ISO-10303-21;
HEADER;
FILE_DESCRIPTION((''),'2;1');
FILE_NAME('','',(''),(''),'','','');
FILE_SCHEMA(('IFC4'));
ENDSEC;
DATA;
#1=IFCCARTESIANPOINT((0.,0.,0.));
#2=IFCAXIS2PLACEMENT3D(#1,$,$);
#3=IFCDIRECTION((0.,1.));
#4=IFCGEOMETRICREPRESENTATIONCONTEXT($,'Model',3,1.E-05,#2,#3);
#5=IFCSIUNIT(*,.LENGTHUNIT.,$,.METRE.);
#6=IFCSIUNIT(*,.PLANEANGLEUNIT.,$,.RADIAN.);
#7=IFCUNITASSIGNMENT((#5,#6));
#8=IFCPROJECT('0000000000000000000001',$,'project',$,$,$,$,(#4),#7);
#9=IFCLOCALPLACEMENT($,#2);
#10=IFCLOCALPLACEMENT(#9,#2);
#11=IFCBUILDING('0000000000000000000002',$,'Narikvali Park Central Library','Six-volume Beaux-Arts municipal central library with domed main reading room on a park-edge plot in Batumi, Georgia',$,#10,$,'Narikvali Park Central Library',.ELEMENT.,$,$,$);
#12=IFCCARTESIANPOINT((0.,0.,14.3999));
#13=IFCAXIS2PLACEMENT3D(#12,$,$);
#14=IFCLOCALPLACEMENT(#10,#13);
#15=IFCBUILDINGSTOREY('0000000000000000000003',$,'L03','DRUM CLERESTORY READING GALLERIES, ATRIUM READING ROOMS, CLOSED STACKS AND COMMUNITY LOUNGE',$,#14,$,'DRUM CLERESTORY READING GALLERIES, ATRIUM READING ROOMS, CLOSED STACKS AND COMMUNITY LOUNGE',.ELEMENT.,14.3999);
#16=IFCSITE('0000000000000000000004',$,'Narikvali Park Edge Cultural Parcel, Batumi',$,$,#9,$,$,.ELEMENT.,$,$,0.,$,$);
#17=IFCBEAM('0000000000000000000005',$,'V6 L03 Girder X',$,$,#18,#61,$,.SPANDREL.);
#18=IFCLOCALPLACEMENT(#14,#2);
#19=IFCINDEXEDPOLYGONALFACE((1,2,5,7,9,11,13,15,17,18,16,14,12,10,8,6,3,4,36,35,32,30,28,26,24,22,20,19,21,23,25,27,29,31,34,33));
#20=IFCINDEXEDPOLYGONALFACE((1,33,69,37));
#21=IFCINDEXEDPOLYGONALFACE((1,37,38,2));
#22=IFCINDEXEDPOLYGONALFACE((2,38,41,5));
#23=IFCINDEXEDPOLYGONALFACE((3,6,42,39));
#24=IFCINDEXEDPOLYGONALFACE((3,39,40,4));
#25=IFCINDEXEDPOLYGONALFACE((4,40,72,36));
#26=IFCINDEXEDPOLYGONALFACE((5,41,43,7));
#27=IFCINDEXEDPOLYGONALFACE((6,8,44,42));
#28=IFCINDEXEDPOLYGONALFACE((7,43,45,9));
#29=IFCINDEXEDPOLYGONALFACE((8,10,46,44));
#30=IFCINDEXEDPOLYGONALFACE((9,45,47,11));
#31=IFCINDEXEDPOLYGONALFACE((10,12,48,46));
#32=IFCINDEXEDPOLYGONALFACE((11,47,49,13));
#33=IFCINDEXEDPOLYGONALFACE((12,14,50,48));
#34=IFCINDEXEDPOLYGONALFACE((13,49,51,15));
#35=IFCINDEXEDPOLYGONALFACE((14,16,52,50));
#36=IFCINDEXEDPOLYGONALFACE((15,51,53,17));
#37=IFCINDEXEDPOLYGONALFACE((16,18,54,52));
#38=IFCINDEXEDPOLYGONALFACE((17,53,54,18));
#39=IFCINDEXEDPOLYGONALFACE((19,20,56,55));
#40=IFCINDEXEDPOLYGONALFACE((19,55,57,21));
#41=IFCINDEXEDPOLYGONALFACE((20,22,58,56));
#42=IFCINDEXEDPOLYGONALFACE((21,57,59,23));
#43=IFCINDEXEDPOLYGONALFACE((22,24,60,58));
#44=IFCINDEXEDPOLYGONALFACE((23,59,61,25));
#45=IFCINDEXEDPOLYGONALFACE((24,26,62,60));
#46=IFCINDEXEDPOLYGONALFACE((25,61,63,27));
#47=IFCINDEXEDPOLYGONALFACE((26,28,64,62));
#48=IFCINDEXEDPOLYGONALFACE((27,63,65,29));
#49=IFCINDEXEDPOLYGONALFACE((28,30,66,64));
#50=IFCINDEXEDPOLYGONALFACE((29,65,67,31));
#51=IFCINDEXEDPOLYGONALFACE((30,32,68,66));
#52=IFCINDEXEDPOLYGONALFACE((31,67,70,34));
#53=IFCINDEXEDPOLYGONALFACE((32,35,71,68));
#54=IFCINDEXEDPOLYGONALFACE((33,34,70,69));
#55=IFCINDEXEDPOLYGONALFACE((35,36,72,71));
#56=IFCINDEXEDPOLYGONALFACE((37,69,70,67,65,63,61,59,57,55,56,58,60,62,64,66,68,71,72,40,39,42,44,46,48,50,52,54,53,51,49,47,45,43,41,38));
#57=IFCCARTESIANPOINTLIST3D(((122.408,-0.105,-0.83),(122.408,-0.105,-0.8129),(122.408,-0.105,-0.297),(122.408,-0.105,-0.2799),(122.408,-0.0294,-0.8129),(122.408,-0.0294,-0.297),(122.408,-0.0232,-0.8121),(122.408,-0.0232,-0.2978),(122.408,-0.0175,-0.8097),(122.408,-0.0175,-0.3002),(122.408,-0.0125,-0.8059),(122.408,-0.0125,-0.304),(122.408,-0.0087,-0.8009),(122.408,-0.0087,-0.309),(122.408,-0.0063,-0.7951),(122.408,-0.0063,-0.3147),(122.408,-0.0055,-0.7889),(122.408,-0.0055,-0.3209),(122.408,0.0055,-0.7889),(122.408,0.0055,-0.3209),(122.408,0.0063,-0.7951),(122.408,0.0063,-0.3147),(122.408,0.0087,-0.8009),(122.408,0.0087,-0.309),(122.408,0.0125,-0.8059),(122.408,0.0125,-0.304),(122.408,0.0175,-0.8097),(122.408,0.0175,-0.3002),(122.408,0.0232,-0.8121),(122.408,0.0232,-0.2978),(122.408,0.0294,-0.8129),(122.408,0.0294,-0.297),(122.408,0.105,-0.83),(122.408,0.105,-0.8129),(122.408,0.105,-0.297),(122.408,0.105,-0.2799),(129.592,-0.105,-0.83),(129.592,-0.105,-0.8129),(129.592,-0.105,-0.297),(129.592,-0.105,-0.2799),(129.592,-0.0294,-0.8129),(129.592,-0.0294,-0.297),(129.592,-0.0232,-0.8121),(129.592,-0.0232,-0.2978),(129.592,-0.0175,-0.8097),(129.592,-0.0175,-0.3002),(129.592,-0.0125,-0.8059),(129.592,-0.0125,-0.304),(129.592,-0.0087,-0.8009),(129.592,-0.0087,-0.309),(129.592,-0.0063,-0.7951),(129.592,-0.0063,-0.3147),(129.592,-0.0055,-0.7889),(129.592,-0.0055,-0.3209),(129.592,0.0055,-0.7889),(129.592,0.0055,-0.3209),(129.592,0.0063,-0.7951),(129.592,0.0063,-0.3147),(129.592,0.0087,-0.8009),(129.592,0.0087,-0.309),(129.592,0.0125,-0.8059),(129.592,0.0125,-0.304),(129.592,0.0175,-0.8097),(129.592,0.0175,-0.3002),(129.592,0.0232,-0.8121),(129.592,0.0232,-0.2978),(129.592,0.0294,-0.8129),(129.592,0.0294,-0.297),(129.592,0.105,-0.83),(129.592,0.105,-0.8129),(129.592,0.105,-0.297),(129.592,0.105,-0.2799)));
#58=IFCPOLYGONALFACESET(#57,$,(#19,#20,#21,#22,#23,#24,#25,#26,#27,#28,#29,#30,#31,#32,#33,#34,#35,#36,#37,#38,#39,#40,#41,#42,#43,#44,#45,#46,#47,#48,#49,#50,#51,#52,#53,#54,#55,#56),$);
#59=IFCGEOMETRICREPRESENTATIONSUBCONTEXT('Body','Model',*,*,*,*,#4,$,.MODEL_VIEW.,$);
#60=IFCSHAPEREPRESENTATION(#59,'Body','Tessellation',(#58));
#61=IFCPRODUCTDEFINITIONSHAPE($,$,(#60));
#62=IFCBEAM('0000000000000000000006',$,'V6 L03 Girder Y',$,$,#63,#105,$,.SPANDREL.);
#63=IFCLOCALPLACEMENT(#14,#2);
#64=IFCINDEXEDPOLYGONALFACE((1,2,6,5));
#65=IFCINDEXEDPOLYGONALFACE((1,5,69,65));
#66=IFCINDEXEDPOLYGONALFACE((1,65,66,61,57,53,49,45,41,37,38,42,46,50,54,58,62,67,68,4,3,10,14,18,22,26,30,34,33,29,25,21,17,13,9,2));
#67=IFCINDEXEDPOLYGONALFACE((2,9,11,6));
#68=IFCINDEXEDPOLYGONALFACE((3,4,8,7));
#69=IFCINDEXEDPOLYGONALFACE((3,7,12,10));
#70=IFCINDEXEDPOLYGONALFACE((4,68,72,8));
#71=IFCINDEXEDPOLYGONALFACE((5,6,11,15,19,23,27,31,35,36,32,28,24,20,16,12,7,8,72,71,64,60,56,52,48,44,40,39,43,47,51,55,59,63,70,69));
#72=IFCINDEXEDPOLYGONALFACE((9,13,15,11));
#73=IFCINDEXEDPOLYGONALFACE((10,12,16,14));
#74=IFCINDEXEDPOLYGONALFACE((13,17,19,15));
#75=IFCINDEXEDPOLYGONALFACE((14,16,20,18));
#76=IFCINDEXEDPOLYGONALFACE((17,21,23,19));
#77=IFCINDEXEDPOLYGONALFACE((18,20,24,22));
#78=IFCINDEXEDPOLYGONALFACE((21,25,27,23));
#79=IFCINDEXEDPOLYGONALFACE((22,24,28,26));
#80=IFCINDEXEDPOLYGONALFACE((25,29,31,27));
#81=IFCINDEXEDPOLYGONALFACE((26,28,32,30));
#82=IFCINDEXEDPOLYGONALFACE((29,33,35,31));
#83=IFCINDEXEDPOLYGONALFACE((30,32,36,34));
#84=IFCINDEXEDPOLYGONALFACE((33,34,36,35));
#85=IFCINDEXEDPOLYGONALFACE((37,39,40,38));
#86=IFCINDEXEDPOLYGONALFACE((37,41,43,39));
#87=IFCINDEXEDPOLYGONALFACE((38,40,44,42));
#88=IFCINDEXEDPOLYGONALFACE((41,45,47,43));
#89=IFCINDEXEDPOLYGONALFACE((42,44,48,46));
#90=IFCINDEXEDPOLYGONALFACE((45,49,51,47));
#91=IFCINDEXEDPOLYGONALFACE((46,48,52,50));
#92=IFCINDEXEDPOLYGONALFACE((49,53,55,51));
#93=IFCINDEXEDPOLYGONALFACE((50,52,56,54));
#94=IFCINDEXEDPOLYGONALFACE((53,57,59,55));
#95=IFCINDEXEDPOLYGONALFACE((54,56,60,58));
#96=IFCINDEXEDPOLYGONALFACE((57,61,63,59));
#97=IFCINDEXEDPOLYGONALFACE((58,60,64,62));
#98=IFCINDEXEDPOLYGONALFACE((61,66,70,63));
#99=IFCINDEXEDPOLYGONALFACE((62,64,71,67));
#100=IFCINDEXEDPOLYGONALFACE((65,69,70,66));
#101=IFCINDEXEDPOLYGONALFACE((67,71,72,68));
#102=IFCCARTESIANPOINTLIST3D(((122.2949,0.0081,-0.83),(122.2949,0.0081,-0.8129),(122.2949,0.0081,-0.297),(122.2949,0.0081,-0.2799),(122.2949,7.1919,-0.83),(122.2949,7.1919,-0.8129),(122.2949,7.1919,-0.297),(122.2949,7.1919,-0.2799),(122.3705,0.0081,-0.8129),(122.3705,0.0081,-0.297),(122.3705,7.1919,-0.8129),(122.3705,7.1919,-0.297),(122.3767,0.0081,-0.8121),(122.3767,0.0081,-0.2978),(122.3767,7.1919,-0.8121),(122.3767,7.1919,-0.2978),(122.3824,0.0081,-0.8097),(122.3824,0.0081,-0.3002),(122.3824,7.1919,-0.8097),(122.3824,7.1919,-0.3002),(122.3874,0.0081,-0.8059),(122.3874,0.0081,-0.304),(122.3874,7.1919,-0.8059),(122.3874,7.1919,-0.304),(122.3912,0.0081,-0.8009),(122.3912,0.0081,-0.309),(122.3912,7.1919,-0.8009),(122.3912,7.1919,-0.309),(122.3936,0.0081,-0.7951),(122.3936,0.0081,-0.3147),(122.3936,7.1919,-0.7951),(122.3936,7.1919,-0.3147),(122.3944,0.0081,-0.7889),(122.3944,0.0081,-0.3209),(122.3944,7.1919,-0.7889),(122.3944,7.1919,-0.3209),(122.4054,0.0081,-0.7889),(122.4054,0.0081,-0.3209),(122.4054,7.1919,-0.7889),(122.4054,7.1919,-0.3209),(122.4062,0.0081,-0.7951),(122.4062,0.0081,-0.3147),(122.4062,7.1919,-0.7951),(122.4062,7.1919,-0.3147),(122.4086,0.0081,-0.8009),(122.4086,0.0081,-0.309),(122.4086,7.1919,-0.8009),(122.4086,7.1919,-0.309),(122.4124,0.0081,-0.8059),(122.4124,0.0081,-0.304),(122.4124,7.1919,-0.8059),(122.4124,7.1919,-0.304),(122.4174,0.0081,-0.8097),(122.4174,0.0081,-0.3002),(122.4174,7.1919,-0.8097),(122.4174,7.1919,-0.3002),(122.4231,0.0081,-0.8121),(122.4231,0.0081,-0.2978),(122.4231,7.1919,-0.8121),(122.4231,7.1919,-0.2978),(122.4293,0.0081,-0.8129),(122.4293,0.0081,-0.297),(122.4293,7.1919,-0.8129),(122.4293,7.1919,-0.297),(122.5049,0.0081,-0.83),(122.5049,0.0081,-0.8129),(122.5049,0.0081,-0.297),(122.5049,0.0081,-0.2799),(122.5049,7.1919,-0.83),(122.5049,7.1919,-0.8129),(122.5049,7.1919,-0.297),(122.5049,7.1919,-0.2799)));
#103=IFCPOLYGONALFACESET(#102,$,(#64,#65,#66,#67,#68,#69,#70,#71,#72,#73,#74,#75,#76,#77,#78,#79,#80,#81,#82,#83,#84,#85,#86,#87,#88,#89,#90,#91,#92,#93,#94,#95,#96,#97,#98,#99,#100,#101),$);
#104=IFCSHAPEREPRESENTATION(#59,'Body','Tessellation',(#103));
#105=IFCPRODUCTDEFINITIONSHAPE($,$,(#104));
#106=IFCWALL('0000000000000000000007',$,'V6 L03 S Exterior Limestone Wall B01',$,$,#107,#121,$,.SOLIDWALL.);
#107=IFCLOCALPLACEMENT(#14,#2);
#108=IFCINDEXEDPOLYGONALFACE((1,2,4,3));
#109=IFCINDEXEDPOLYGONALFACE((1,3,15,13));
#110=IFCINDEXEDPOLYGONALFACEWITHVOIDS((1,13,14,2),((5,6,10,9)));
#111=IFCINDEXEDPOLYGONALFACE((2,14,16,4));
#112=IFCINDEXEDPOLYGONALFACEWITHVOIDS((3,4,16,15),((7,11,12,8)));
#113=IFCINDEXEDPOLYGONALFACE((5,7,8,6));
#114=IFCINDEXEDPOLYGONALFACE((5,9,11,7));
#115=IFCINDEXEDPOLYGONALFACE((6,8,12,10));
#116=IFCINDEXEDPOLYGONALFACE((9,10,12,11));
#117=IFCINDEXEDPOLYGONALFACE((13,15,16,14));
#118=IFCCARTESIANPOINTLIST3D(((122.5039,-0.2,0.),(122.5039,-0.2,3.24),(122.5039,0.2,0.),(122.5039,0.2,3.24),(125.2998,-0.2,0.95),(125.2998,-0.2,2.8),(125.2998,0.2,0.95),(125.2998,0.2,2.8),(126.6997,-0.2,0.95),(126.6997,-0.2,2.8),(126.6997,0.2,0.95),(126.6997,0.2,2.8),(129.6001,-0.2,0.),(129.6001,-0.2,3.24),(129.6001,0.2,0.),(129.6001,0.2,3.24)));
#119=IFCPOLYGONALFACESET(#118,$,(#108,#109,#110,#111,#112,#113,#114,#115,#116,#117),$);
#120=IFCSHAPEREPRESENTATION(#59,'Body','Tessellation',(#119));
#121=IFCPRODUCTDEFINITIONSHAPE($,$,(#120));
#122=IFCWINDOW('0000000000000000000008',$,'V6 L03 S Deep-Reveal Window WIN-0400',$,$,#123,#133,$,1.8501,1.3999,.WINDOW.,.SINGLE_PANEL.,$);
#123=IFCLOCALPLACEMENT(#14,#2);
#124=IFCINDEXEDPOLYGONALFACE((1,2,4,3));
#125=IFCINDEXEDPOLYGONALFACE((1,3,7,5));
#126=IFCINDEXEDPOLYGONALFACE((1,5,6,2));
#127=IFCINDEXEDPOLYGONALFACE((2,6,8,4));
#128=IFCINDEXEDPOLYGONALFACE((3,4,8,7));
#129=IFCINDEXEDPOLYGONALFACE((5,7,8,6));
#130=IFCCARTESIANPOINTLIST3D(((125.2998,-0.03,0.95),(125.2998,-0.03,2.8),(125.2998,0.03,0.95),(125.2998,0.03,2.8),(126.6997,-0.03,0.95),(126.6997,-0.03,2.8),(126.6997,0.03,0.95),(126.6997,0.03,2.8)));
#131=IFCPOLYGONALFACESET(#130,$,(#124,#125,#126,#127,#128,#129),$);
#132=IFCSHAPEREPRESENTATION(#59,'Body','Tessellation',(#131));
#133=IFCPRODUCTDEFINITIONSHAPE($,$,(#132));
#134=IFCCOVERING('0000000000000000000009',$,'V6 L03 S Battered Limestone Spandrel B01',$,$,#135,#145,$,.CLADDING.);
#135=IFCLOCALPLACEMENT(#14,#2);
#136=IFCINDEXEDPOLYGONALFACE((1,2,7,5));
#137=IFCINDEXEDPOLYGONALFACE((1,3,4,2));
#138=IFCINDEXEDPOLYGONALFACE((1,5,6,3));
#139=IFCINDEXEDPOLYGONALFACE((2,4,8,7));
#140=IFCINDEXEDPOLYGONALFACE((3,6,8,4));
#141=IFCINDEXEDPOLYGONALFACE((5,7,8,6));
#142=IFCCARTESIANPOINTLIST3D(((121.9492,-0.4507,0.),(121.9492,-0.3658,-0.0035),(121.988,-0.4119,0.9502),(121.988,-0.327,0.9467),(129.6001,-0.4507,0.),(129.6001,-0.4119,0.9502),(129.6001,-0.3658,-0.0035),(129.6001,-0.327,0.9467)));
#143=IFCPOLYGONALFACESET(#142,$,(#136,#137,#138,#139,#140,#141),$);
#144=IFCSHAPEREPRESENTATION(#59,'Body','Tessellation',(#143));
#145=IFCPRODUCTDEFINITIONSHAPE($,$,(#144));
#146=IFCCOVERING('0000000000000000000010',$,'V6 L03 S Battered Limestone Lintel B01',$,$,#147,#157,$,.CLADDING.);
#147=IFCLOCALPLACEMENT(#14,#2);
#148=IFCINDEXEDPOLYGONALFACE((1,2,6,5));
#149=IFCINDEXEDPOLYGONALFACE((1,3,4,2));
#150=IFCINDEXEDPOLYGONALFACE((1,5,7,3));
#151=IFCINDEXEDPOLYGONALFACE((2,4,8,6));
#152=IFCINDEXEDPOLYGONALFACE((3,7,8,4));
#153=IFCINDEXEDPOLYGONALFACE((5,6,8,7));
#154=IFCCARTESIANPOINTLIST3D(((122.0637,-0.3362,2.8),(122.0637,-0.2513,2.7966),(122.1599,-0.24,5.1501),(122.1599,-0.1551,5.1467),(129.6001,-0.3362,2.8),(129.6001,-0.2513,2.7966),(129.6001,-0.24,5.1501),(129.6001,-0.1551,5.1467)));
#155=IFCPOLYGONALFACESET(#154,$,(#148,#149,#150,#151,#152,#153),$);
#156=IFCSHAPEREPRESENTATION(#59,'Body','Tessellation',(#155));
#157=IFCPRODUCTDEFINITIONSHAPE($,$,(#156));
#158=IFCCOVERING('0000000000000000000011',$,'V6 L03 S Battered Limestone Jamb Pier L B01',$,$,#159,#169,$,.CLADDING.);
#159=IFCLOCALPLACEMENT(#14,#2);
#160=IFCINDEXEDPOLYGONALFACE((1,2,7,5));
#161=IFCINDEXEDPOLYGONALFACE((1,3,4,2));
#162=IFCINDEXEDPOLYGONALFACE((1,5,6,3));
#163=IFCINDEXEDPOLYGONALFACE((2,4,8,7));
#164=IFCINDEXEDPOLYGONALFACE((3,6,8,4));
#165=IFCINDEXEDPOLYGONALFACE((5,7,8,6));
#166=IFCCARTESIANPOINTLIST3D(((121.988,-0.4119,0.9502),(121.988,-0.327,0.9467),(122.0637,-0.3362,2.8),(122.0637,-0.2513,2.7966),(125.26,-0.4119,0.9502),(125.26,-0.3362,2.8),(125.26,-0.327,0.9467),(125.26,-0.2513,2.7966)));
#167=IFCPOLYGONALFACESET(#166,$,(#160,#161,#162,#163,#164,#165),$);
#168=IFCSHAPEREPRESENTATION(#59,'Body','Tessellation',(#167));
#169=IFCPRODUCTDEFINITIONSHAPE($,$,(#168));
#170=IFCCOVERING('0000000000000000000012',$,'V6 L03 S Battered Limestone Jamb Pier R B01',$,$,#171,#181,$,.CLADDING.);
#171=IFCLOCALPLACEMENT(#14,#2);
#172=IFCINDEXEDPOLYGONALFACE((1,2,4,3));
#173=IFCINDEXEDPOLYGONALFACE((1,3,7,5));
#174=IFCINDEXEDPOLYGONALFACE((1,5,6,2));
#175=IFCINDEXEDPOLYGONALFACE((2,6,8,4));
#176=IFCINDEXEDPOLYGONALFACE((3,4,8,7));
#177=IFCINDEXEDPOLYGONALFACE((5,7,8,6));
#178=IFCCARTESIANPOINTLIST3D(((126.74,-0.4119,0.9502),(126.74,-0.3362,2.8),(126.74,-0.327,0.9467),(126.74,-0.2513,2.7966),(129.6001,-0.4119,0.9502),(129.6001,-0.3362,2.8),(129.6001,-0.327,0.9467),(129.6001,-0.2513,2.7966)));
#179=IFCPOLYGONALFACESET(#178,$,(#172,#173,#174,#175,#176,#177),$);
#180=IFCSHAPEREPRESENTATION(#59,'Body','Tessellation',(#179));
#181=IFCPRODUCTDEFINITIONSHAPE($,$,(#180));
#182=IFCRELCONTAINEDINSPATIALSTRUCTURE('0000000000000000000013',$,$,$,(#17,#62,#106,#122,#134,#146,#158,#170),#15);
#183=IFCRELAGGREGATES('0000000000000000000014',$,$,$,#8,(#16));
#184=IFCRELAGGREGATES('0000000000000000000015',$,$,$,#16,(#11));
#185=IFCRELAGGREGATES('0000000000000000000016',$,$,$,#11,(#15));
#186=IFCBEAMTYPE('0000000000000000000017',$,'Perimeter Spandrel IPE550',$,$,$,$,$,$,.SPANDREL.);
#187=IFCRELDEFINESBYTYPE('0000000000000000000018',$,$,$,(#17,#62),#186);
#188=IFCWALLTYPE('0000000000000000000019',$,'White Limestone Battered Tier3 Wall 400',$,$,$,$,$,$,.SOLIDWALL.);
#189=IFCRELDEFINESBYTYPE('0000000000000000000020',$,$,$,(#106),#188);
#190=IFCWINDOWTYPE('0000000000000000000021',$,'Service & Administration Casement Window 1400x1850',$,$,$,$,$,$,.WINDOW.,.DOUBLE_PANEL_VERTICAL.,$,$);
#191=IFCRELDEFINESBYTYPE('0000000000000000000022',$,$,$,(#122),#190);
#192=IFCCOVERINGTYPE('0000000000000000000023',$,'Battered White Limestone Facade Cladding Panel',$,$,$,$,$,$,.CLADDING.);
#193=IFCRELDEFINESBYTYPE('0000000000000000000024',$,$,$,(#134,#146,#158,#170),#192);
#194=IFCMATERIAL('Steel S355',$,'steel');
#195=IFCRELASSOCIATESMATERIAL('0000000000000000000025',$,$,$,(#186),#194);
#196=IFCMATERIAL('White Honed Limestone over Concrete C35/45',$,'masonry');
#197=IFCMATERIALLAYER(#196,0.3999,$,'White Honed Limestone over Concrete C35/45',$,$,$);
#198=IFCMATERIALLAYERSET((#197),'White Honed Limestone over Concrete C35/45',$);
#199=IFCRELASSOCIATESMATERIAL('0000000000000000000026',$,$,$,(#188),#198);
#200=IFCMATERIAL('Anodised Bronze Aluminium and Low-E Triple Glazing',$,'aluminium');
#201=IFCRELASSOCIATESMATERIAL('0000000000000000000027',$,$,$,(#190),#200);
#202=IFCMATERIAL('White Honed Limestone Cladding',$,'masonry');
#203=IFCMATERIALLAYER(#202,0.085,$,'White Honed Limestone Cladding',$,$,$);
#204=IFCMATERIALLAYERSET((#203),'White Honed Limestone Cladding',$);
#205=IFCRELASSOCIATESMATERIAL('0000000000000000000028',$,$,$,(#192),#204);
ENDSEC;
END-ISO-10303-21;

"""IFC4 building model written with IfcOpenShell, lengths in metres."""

from ifc_helpers import new_model, si_unit, direction, frame, frame_2d, origin, origin_2d, place, context, subcontext, project, spatial, polyline, rectangle, i_section, outline, extrude, material, layer, layer_set, material_profile, profile_set, type_object, element, fill, save


model = new_model("IFC4")

# Units and contexts
model_context = context("Model", 3, precision=1e-05, world=origin(), true_north=direction((0.0, 1.0)))
body_context = subcontext(model_context, "Body", "Model", "MODEL_VIEW")
ifc_project = project(units=[si_unit("LENGTHUNIT", "METRE"), si_unit("PLANEANGLEUNIT", "RADIAN")], contexts=[model_context])

# Site, building, storey
site_placement = place(None, origin())
site = spatial("IfcSite", under=ifc_project, at=site_placement, Name="Narikvali Park Edge Cultural Parcel, Batumi", CompositionType="ELEMENT", RefElevation=0.0)
building_placement = place(site_placement, origin())
building = spatial("IfcBuilding", under=site, at=building_placement, Name="Narikvali Park Central Library", Description="Six-volume Beaux-Arts municipal central library with domed main reading room on a park-edge plot in Batumi, Georgia", LongName="Narikvali Park Central Library", CompositionType="ELEMENT")
storey_placement = place(building_placement, frame((0.0, 0.0, 14.3999)))
storey = spatial("IfcBuildingStorey", under=building, at=storey_placement, Name="L03", Description="DRUM CLERESTORY READING GALLERIES, ATRIUM READING ROOMS, CLOSED STACKS AND COMMUNITY LOUNGE", LongName="DRUM CLERESTORY READING GALLERIES, ATRIUM READING ROOMS, CLOSED STACKS AND COMMUNITY LOUNGE", CompositionType="ELEMENT", Elevation=14.3999)

# Shared definitions
ifc_material_1 = material(Name="Steel S355", Category="steel")

# Beams
ifc_material_profile_1 = material_profile(ifc_material_1, i_section(OverallWidth=0.21, OverallDepth=0.55, WebThickness=0.011, FlangeThickness=0.0171, FilletRadius=0.0239, at=origin_2d()), Name="IPE 550")
ifc_profile_set_1 = profile_set([ifc_material_profile_1], Name="Steel S355")
beam_type_1 = type_object("IfcBeamType", Name="Perimeter Spandrel IPE550", PredefinedType="SPANDREL", material=ifc_profile_set_1)
beam_1_placement = place(storey_placement, frame((122.408, 0.0, -0.5549), z_axis=(1.0, 0.0, 0.0), x_axis=(0.0, 1.0, 0.0)))
element("IfcBeam", 1, at=beam_1_placement, inside=storey, type_object=beam_type_1, Name="V6 L03 Girder X", PredefinedType="SPANDREL", context=body_context, shape_type="SweptSolid", body=[
    extrude(i_section(OverallWidth=0.21, OverallDepth=0.55, WebThickness=0.011, FlangeThickness=0.0171, FilletRadius=0.0239, at=origin_2d()), origin(), (0.0, 0.0, 1.0), 7.1841),
])
beam_2_placement = place(storey_placement, frame((122.3999, 0.0081, -0.5549), z_axis=(0.0, 1.0, 0.0), x_axis=(-1.0, 0.0, 0.0)))
element("IfcBeam", 2, at=beam_2_placement, inside=storey, type_object=beam_type_1, Name="V6 L03 Girder Y", PredefinedType="SPANDREL", context=body_context, shape_type="SweptSolid", body=[
    extrude(i_section(OverallWidth=0.21, OverallDepth=0.55, WebThickness=0.011, FlangeThickness=0.0171, FilletRadius=0.0239, at=origin_2d()), origin(), (0.0, 0.0, 1.0), 7.1838),
])

# Wall, opening, window
ifc_material_2 = material(Name="White Honed Limestone over Concrete C35/45", Category="masonry")
ifc_layer_1 = layer(ifc_material_2, 0.3999, Name="White Honed Limestone over Concrete C35/45")
ifc_layer_set_1 = layer_set([ifc_layer_1], Name="White Honed Limestone over Concrete C35/45")
wall_type = type_object("IfcWallType", Name="White Limestone Battered Tier3 Wall 400", PredefinedType="SOLIDWALL", material=ifc_layer_set_1)
wall_placement = place(storey_placement, frame((122.5039, 0.0, 0.0), z_axis=(0.0, 0.0, 1.0), x_axis=(1.0, 0.0, 0.0)))
wall = element("IfcWall", 3, at=wall_placement, inside=storey, type_object=wall_type, Name="V6 L03 S Exterior Limestone Wall B01", PredefinedType="SOLIDWALL", context=body_context, shape_type="SweptSolid", body=[
    extrude(rectangle(XDim=7.0962, YDim=0.3999, at=frame_2d((3.5481, 0.0))), origin(), (0.0, 0.0, 1.0), 3.24),
])
opening_placement = place(wall_placement, frame((2.7959, 0.0, 0.95)))
opening = element("IfcOpeningElement", 4, at=opening_placement, cuts=wall, PredefinedType="OPENING", context=body_context, shape_type="SweptSolid", body=[
    extrude(rectangle(XDim=1.3999, YDim=1.8501, at=frame_2d((0.7, 0.925))), frame((0.0, 0.2119, 0.0), z_axis=(0.0, -1.0, 0.0), x_axis=(1.0, 0.0, 0.0)), (0.0, 0.0, 1.0), 0.4238),
])
ifc_material_3 = material(Name="Anodised Bronze Aluminium and Low-E Triple Glazing", Category="aluminium")
window_type = type_object("IfcWindowType", Name="Service & Administration Casement Window 1400x1850", PartitioningType="DOUBLE_PANEL_VERTICAL", PredefinedType="WINDOW", material=ifc_material_3)
window_placement = place(opening_placement, origin())
window = element("IfcWindow", 5, at=window_placement, inside=storey, type_object=window_type, Name="V6 L03 S Deep-Reveal Window WIN-0400", OverallHeight=1.8501, OverallWidth=1.3999, PartitioningType="SINGLE_PANEL", PredefinedType="WINDOW", context=body_context, shape_type="SweptSolid", body=[
    extrude(rectangle(XDim=1.3999, YDim=1.8501, at=frame_2d((0.7, 0.925))), frame((0.0, 0.03, 0.0), z_axis=(0.0, -1.0, 0.0), x_axis=(1.0, 0.0, 0.0)), (0.0, 0.0, 1.0), 0.0601),
])
fill(opening, window)

# Coverings
ifc_material_4 = material(Name="White Honed Limestone Cladding", Category="masonry")
ifc_layer_2 = layer(ifc_material_4, 0.085, Name="White Honed Limestone Cladding")
ifc_layer_set_2 = layer_set([ifc_layer_2], Name="White Honed Limestone Cladding")
covering_type = type_object("IfcCoveringType", Name="Battered White Limestone Facade Cladding Panel", PredefinedType="CLADDING", material=ifc_layer_set_2)
covering_1_placement = place(storey_placement, frame((121.9492, -0.4507, 0.0), z_axis=(0.0, -0.999167, 0.040819), x_axis=(1.0, 0.0, 0.0)))
element("IfcCovering", 6, at=covering_1_placement, inside=storey, type_object=covering_type, Name="V6 L03 S Battered Limestone Spandrel B01", PredefinedType="CLADDING", context=body_context, shape_type="SweptSolid", body=[
    extrude(outline(polyline([(0.0, 0.0), (7.6509, 0.0), (7.6509, 0.951), (0.0388, 0.951), (0.0, 0.0)])), origin(), (0.0, 0.0, -1.0), 0.085),
])
covering_2_placement = place(storey_placement, frame((122.0637, -0.3362, 2.8), z_axis=(0.0, -0.999163, 0.040897), x_axis=(1.0, 0.0, 0.0)))
element("IfcCovering", 7, at=covering_2_placement, inside=storey, type_object=covering_type, Name="V6 L03 S Battered Limestone Lintel B01", PredefinedType="CLADDING", context=body_context, shape_type="SweptSolid", body=[
    extrude(outline(polyline([(0.0, 0.0), (7.5364, 0.0), (7.5364, 2.3521), (0.0962, 2.3521), (0.0, 0.0)])), origin(), (0.0, 0.0, -1.0), 0.085),
])
covering_3_placement = place(storey_placement, frame((121.988, -0.4119, 0.9502), z_axis=(0.0, -0.999164, 0.040879), x_axis=(1.0, 0.0, 0.0)))
element("IfcCovering", 8, at=covering_3_placement, inside=storey, type_object=covering_type, Name="V6 L03 S Battered Limestone Jamb Pier L B01", PredefinedType="CLADDING", context=body_context, shape_type="SweptSolid", body=[
    extrude(outline(polyline([(0.0, 0.0), (3.272, 0.0), (3.272, 1.8514), (0.0757, 1.8514), (0.0, 0.0)])), origin(), (0.0, 0.0, -1.0), 0.085),
])
covering_4_placement = place(storey_placement, frame((126.74, -0.4119, 0.9502), z_axis=(0.0, -0.999164, 0.040879), x_axis=(1.0, 0.0, 0.0)))
element("IfcCovering", 9, at=covering_4_placement, inside=storey, type_object=covering_type, Name="V6 L03 S Battered Limestone Jamb Pier R B01", PredefinedType="CLADDING", context=body_context, shape_type="SweptSolid", body=[
    extrude(outline(polyline([(0.0, 0.0), (2.8601, 0.0), (2.8601, 1.8514), (0.0, 1.8514), (0.0, 0.0)])), origin(), (0.0, 0.0, -1.0), 0.085),
])

save(model, "model.ifc")
